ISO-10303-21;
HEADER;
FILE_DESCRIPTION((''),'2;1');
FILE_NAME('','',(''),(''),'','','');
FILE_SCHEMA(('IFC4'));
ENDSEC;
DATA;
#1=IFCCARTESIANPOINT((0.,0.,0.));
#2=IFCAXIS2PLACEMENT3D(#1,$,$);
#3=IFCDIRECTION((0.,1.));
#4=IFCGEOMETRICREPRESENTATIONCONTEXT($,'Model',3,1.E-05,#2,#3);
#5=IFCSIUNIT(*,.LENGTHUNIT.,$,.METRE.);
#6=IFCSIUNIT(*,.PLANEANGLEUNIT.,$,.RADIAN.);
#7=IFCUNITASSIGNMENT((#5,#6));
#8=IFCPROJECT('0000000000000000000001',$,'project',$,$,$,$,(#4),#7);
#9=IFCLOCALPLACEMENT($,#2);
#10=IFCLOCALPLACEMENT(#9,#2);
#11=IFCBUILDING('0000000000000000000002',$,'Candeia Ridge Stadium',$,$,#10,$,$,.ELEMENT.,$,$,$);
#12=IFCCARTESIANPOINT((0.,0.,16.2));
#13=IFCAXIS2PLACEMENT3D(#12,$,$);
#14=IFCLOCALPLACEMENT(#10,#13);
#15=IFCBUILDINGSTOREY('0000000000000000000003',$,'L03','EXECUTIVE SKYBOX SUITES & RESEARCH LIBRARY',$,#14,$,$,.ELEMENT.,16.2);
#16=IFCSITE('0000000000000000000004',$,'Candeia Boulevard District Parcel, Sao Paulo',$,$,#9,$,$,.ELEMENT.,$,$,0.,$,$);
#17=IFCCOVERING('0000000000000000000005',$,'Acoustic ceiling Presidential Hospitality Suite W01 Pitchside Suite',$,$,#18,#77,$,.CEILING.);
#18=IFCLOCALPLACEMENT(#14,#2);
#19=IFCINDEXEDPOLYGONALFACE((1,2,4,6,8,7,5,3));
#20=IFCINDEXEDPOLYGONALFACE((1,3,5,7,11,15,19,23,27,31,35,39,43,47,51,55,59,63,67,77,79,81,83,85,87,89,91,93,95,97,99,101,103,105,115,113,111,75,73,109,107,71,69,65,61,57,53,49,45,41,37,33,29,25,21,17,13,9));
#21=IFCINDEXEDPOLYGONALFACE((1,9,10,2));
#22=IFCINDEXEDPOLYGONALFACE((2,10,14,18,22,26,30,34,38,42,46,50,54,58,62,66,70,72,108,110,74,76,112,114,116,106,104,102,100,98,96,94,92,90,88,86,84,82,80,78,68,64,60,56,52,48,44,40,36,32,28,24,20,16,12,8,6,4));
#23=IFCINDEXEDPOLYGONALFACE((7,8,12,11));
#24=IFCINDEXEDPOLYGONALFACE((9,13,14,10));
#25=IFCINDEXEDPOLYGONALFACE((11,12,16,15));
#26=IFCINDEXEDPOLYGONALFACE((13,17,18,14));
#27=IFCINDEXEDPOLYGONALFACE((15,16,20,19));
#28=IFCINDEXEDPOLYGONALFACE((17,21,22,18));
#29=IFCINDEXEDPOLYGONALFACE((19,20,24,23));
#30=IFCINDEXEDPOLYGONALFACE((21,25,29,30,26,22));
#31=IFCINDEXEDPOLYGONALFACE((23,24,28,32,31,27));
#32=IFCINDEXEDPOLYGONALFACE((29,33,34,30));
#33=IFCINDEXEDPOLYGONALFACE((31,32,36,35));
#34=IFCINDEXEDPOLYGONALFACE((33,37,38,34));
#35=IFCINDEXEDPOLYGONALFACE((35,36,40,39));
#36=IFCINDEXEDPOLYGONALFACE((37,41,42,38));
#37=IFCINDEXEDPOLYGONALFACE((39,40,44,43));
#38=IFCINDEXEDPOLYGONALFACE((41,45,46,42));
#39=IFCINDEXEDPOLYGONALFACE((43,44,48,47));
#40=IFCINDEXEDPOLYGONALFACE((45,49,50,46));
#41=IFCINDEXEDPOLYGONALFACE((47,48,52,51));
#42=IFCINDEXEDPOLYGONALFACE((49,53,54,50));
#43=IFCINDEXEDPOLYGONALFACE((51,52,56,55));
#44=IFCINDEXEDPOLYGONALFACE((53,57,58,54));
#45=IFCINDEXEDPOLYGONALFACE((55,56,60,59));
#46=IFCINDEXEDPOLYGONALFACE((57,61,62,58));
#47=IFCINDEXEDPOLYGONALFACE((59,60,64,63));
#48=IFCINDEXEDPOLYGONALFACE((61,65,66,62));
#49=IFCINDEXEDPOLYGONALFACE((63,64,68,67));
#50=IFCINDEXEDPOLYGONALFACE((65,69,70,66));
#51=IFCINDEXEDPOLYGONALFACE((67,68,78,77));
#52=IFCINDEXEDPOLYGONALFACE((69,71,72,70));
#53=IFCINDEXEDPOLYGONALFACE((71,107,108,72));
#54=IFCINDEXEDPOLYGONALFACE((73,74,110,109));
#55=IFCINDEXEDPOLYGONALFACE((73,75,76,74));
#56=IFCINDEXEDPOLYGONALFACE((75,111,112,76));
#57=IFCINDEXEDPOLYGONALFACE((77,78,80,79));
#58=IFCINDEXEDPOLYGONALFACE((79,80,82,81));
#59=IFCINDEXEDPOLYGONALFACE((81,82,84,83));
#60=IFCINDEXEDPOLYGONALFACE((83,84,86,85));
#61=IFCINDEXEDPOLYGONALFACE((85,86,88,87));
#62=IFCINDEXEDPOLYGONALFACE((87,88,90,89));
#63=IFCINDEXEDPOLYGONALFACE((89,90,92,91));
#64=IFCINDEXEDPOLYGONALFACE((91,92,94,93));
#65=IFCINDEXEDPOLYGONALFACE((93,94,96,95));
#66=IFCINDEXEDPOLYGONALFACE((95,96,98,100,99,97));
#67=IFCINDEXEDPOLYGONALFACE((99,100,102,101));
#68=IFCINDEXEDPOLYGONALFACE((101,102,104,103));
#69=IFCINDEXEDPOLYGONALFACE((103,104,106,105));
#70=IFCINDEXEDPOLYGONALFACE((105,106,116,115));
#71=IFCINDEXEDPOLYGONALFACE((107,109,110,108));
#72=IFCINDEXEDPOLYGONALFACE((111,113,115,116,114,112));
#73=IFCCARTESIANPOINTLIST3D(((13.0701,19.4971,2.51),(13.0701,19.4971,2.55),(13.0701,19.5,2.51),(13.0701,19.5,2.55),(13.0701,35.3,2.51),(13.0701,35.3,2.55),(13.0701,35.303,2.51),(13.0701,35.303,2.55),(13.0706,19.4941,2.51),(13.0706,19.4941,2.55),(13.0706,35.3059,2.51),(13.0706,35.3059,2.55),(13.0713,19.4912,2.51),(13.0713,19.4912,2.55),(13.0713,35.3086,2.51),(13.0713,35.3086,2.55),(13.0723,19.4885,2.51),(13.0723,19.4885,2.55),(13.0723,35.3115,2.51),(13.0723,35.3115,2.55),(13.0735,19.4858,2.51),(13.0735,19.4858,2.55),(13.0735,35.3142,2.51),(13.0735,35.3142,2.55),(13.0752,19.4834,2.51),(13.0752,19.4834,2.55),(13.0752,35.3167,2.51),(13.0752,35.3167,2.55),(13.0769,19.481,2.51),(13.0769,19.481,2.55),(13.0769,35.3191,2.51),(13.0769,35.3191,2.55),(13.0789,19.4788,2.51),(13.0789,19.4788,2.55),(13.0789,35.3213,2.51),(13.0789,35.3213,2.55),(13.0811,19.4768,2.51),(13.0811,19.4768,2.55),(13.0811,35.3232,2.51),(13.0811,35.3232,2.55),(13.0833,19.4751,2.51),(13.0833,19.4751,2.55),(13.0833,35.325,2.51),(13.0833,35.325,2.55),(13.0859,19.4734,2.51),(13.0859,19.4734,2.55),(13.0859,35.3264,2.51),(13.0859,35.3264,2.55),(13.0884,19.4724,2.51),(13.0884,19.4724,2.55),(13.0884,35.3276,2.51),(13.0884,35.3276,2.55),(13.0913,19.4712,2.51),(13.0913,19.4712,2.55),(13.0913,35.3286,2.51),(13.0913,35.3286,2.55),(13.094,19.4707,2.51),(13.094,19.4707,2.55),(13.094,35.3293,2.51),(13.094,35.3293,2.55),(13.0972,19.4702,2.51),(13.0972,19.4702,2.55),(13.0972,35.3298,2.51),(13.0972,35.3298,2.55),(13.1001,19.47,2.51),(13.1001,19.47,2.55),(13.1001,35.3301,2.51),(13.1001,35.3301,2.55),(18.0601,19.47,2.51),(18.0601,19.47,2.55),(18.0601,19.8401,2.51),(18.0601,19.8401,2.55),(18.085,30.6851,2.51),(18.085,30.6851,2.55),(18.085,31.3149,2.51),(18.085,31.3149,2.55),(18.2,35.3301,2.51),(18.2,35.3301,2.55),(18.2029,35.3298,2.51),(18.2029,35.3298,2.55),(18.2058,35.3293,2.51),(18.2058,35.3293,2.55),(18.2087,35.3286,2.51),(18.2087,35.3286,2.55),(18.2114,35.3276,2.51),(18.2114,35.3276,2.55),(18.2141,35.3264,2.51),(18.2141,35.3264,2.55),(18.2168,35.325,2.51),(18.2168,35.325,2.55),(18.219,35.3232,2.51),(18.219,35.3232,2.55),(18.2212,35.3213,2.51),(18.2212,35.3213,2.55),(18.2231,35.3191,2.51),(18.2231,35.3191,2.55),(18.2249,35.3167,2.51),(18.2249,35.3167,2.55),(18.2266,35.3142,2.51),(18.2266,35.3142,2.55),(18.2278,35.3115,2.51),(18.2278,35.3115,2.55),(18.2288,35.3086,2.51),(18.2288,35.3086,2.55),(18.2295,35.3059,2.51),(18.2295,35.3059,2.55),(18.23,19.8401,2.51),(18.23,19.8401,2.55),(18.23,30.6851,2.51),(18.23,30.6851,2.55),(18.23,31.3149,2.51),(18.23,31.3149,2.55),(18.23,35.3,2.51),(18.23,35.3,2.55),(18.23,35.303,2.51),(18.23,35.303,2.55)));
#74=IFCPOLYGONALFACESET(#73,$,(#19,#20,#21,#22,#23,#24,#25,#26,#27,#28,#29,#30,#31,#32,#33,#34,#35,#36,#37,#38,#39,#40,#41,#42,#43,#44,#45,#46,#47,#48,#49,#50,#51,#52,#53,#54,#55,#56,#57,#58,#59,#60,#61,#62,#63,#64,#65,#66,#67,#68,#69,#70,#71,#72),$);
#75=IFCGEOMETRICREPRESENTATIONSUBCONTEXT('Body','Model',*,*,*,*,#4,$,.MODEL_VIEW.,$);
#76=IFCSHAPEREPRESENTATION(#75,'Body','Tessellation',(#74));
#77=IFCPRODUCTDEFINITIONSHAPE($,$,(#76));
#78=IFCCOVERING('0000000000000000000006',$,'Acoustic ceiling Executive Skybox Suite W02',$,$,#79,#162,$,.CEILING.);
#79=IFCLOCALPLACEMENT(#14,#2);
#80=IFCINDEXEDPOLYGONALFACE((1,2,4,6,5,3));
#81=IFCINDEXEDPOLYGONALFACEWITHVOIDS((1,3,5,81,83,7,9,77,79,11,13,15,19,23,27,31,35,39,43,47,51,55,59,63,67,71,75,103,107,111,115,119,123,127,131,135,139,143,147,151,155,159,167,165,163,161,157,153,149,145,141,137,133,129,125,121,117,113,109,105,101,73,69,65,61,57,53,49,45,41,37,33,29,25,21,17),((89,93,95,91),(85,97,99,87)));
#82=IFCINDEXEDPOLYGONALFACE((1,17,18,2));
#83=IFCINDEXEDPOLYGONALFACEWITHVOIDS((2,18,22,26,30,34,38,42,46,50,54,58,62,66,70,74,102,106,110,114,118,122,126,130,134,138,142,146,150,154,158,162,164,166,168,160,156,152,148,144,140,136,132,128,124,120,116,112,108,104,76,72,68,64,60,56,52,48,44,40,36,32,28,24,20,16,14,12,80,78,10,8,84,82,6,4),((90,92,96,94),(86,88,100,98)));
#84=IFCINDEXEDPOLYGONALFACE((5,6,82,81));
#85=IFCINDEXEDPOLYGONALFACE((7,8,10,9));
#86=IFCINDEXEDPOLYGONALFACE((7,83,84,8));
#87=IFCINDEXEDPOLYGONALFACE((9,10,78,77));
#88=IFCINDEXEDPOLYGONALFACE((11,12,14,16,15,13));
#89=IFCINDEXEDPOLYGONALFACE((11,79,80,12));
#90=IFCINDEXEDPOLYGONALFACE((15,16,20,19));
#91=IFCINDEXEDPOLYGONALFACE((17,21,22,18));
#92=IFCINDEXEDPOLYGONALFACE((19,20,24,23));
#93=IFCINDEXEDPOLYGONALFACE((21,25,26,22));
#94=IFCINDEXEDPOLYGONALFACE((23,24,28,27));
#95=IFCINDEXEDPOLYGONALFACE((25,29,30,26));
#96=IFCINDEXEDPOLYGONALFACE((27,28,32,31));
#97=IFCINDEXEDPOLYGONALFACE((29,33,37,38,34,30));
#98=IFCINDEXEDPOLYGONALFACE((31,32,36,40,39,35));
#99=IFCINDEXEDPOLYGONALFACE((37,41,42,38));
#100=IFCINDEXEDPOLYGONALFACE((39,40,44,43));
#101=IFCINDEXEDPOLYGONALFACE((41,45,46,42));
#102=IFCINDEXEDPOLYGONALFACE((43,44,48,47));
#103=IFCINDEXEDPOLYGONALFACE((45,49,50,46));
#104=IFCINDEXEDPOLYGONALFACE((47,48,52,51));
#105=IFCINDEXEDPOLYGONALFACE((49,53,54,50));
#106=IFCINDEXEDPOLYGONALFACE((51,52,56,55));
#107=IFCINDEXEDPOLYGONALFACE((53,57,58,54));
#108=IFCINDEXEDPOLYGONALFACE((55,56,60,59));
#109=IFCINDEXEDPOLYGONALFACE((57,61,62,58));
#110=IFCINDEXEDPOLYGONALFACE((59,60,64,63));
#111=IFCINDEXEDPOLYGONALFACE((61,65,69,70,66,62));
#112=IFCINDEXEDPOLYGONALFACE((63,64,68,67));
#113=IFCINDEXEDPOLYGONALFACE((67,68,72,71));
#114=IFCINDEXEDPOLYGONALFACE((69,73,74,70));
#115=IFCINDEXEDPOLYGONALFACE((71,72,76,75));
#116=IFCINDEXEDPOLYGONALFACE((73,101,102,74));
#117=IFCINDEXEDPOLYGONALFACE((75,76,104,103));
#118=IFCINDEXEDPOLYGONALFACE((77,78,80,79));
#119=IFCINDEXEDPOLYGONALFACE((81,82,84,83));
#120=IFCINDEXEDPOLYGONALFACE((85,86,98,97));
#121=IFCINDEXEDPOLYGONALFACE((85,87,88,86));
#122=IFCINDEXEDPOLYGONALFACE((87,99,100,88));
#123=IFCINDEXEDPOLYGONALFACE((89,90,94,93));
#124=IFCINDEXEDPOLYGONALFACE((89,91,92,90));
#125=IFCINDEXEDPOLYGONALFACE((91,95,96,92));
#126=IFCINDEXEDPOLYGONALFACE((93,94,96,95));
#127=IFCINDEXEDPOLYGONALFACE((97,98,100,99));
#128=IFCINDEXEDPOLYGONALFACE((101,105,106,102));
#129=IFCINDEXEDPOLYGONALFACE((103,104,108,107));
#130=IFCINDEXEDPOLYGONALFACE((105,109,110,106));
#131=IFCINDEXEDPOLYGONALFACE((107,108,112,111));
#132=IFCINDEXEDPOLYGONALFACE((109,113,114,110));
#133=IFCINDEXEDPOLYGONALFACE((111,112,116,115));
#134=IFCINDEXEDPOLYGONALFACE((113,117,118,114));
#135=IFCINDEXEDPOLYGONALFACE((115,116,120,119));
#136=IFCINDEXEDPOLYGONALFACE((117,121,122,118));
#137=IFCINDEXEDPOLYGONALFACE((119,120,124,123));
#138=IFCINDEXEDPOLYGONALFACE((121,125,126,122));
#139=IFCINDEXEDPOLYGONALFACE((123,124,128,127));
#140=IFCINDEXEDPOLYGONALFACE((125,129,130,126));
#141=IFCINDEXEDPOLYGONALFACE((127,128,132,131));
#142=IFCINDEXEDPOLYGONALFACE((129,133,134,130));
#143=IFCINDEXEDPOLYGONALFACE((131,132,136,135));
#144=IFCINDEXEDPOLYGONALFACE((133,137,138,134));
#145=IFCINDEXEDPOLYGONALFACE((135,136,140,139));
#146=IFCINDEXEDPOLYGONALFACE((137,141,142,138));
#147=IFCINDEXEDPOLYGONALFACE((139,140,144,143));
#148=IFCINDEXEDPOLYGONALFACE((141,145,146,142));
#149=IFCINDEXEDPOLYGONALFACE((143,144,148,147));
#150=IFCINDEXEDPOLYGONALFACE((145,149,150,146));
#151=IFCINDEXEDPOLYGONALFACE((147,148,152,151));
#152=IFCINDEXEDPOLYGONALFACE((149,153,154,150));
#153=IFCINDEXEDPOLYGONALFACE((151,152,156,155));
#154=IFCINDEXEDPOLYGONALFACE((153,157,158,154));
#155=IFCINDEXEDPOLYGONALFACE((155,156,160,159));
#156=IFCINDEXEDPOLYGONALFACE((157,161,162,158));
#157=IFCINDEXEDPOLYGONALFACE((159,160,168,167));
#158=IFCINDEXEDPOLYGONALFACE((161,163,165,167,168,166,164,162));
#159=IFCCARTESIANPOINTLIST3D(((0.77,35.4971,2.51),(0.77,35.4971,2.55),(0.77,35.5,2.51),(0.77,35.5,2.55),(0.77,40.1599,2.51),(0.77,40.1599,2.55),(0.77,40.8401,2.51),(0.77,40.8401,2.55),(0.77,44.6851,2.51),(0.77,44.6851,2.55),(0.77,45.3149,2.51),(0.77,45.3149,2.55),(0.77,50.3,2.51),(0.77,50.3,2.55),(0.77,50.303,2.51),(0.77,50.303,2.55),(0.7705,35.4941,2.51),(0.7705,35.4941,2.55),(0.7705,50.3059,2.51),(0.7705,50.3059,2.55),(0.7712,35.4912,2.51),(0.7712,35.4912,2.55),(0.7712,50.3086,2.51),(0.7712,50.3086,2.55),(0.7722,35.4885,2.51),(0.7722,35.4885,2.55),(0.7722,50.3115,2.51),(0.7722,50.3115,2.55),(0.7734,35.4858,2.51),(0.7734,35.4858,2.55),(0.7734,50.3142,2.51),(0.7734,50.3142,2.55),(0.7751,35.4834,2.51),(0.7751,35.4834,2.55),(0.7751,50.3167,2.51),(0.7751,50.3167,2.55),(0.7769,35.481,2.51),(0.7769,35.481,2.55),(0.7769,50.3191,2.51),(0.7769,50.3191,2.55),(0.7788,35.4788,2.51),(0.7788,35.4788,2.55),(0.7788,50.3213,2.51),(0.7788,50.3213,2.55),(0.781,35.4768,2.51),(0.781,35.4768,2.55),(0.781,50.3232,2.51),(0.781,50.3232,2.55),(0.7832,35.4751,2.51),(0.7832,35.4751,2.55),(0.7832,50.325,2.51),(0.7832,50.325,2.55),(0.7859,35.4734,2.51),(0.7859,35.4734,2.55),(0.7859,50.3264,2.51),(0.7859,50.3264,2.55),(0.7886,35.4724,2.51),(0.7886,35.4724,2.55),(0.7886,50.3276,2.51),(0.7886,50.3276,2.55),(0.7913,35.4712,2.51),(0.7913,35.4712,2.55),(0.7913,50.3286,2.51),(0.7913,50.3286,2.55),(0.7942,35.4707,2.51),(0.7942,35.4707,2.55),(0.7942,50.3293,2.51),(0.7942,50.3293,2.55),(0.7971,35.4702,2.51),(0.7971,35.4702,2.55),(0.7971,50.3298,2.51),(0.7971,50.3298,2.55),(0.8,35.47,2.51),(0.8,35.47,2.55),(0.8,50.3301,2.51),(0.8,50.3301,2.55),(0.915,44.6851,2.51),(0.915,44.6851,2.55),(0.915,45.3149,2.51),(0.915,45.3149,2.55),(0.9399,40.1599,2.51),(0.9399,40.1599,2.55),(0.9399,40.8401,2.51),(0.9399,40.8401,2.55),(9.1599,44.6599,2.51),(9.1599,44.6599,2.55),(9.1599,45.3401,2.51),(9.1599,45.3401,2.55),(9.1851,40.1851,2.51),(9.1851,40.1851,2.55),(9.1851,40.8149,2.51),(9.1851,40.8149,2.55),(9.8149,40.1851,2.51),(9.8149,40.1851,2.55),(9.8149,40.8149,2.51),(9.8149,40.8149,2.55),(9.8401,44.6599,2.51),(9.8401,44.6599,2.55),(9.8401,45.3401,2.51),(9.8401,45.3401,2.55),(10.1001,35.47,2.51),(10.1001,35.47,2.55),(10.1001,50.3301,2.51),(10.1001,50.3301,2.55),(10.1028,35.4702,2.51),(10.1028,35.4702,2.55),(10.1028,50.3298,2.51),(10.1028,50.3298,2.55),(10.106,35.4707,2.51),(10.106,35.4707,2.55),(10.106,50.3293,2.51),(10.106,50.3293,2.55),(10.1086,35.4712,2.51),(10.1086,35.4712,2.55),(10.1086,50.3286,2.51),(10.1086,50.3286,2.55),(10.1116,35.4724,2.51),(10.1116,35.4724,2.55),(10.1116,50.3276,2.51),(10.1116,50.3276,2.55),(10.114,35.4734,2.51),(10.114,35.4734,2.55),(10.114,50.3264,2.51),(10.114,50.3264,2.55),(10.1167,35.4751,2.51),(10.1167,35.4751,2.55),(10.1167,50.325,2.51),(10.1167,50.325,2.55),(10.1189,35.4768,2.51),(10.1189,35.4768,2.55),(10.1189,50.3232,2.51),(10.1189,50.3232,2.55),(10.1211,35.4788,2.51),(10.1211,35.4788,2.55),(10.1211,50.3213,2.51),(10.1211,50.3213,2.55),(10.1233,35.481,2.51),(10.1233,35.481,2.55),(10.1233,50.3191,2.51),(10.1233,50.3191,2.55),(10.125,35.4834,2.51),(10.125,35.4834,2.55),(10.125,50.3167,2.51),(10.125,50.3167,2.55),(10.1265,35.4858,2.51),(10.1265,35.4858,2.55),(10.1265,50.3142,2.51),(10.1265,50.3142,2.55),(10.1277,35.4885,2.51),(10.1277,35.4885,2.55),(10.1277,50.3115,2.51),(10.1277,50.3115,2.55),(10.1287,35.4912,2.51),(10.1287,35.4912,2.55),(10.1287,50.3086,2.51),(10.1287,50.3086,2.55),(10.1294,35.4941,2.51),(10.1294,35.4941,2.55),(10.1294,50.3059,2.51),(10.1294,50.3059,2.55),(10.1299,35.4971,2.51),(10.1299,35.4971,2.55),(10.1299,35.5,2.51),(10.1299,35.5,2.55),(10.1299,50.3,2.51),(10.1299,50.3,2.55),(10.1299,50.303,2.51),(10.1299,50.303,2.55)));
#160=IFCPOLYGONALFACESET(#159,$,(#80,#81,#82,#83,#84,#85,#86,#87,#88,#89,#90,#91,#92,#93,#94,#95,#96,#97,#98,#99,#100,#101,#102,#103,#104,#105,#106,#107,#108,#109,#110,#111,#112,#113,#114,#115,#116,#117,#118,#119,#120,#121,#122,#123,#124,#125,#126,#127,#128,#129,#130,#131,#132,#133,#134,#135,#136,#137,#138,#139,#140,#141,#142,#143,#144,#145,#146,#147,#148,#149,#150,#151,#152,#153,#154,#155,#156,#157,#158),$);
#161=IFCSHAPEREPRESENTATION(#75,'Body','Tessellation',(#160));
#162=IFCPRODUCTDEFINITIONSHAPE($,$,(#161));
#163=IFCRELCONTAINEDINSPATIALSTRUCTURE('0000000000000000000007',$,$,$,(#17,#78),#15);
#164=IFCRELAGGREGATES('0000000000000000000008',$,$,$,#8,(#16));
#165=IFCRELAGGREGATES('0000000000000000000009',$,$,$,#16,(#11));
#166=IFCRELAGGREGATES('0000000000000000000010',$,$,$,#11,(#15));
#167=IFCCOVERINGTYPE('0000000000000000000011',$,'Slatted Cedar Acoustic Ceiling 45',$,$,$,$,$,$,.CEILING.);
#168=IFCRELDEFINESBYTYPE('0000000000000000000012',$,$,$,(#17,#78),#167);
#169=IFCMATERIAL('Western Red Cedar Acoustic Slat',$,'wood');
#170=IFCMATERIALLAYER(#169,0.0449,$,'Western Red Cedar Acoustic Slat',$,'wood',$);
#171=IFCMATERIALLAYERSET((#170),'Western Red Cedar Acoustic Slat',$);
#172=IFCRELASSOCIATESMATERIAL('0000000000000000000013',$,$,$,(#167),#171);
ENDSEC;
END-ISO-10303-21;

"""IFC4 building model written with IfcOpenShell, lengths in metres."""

from ifc_helpers import new_model, si_unit, direction, frame, origin, place, context, subcontext, project, spatial, polyline, outline, extrude, material, layer, layer_set, type_object, element, save


model = new_model("IFC4")

# Units and contexts
model_context = context("Model", 3, precision=1e-05, world=origin(), true_north=direction((0.0, 1.0)))
body_context = subcontext(model_context, "Body", "Model", "MODEL_VIEW")
ifc_project = project(units=[si_unit("LENGTHUNIT", "METRE"), si_unit("PLANEANGLEUNIT", "RADIAN")], contexts=[model_context])

# Site, building, storey
site_placement = place(None, origin())
site = spatial("IfcSite", under=ifc_project, at=site_placement, Name="Candeia Boulevard District Parcel, Sao Paulo", CompositionType="ELEMENT", RefElevation=0.0)
building_placement = place(site_placement, origin())
building = spatial("IfcBuilding", under=site, at=building_placement, Name="Candeia Ridge Stadium", CompositionType="ELEMENT")
storey_placement = place(building_placement, frame((0.0, 0.0, 16.2)))
storey = spatial("IfcBuildingStorey", under=building, at=storey_placement, Name="L03", Description="EXECUTIVE SKYBOX SUITES & RESEARCH LIBRARY", CompositionType="ELEMENT", Elevation=16.2)

# Coverings
ifc_material_1 = material(Name="Western Red Cedar Acoustic Slat", Category="wood")
ifc_layer_1 = layer(ifc_material_1, 0.0449, Name="Western Red Cedar Acoustic Slat", Category="wood")
ifc_layer_set_1 = layer_set([ifc_layer_1], Name="Western Red Cedar Acoustic Slat")
covering_type = type_object("IfcCoveringType", Name="Slatted Cedar Acoustic Ceiling 45", PredefinedType="CEILING", material=ifc_layer_set_1)
covering_1_placement = place(storey_placement, frame((0.0, 0.0, 2.51)))
element("IfcCovering", 1, at=covering_1_placement, inside=storey, type_object=covering_type, Name="Acoustic ceiling Presidential Hospitality Suite W01 Pitchside Suite", PredefinedType="CEILING", context=body_context, shape_type="SweptSolid", body=[
    extrude(outline(polyline([(13.094, 19.4707), (13.0913, 19.4712), (13.0884, 19.4724), (13.0859, 19.4734), (13.0833, 19.4751), (13.0811, 19.4768), (13.0789, 19.4788), (13.0769, 19.481), (13.0752, 19.4834), (13.0735, 19.4858), (13.0723, 19.4885), (13.0713, 19.4912), (13.0706, 19.4941), (13.0701, 19.4971), (13.0701, 19.5), (13.0701, 35.3), (13.0701, 35.303), (13.0706, 35.3059), (13.0713, 35.3086), (13.0723, 35.3115), (13.0735, 35.3142), (13.0752, 35.3167), (13.0769, 35.3191), (13.0789, 35.3213), (13.0811, 35.3232), (13.0833, 35.325), (13.0859, 35.3264), (13.0884, 35.3276), (13.0913, 35.3286), (13.094, 35.3293), (13.0972, 35.3298), (13.1001, 35.3301), (18.2, 35.3301), (18.2029, 35.3298), (18.2058, 35.3293), (18.2087, 35.3286), (18.2114, 35.3276), (18.2141, 35.3264), (18.2168, 35.325), (18.219, 35.3232), (18.2212, 35.3213), (18.2231, 35.3191), (18.2249, 35.3167), (18.2266, 35.3142), (18.2278, 35.3115), (18.2288, 35.3086), (18.2295, 35.3059), (18.23, 35.303), (18.23, 35.3), (18.23, 31.3149), (18.085, 31.3149), (18.085, 30.6851), (18.23, 30.6851), (18.23, 19.8401), (18.0601, 19.8401), (18.0601, 19.47), (13.1001, 19.47), (13.0972, 19.4702), (13.094, 19.4707)])), origin(), (0.0, 0.0, 1.0), 0.04),
])
covering_2_placement = place(storey_placement, frame((0.0, 0.0, 2.51)))
element("IfcCovering", 2, at=covering_2_placement, inside=storey, type_object=covering_type, Name="Acoustic ceiling Executive Skybox Suite W02", PredefinedType="CEILING", context=body_context, shape_type="SweptSolid", body=[
    extrude(outline(polyline([(0.7942, 35.4707), (0.7913, 35.4712), (0.7886, 35.4724), (0.7859, 35.4734), (0.7832, 35.4751), (0.781, 35.4768), (0.7788, 35.4788), (0.7769, 35.481), (0.7751, 35.4834), (0.7734, 35.4858), (0.7722, 35.4885), (0.7712, 35.4912), (0.7705, 35.4941), (0.77, 35.4971), (0.77, 35.5), (0.77, 40.1599), (0.9399, 40.1599), (0.9399, 40.8401), (0.77, 40.8401), (0.77, 44.6851), (0.915, 44.6851), (0.915, 45.3149), (0.77, 45.3149), (0.77, 50.3), (0.77, 50.303), (0.7705, 50.3059), (0.7712, 50.3086), (0.7722, 50.3115), (0.7734, 50.3142), (0.7751, 50.3167), (0.7769, 50.3191), (0.7788, 50.3213), (0.781, 50.3232), (0.7832, 50.325), (0.7859, 50.3264), (0.7886, 50.3276), (0.7913, 50.3286), (0.7942, 50.3293), (0.7971, 50.3298), (0.8, 50.3301), (10.1001, 50.3301), (10.1028, 50.3298), (10.106, 50.3293), (10.1086, 50.3286), (10.1116, 50.3276), (10.114, 50.3264), (10.1167, 50.325), (10.1189, 50.3232), (10.1211, 50.3213), (10.1233, 50.3191), (10.125, 50.3167), (10.1265, 50.3142), (10.1277, 50.3115), (10.1287, 50.3086), (10.1294, 50.3059), (10.1299, 50.303), (10.1299, 50.3), (10.1299, 35.5), (10.1299, 35.4971), (10.1294, 35.4941), (10.1287, 35.4912), (10.1277, 35.4885), (10.1265, 35.4858), (10.125, 35.4834), (10.1233, 35.481), (10.1211, 35.4788), (10.1189, 35.4768), (10.1167, 35.4751), (10.114, 35.4734), (10.1116, 35.4724), (10.1086, 35.4712), (10.106, 35.4707), (10.1028, 35.4702), (10.1001, 35.47), (0.8, 35.47), (0.7971, 35.4702), (0.7942, 35.4707)]), holes=[polyline([(9.1851, 40.1851), (9.8149, 40.1851), (9.8149, 40.8149), (9.1851, 40.8149), (9.1851, 40.1851)]), polyline([(9.1599, 45.3401), (9.1599, 44.6599), (9.8401, 44.6599), (9.8401, 45.3401), (9.1599, 45.3401)])]), origin(), (0.0, 0.0, 1.0), 0.04),
])

save(model, "model.ifc")
